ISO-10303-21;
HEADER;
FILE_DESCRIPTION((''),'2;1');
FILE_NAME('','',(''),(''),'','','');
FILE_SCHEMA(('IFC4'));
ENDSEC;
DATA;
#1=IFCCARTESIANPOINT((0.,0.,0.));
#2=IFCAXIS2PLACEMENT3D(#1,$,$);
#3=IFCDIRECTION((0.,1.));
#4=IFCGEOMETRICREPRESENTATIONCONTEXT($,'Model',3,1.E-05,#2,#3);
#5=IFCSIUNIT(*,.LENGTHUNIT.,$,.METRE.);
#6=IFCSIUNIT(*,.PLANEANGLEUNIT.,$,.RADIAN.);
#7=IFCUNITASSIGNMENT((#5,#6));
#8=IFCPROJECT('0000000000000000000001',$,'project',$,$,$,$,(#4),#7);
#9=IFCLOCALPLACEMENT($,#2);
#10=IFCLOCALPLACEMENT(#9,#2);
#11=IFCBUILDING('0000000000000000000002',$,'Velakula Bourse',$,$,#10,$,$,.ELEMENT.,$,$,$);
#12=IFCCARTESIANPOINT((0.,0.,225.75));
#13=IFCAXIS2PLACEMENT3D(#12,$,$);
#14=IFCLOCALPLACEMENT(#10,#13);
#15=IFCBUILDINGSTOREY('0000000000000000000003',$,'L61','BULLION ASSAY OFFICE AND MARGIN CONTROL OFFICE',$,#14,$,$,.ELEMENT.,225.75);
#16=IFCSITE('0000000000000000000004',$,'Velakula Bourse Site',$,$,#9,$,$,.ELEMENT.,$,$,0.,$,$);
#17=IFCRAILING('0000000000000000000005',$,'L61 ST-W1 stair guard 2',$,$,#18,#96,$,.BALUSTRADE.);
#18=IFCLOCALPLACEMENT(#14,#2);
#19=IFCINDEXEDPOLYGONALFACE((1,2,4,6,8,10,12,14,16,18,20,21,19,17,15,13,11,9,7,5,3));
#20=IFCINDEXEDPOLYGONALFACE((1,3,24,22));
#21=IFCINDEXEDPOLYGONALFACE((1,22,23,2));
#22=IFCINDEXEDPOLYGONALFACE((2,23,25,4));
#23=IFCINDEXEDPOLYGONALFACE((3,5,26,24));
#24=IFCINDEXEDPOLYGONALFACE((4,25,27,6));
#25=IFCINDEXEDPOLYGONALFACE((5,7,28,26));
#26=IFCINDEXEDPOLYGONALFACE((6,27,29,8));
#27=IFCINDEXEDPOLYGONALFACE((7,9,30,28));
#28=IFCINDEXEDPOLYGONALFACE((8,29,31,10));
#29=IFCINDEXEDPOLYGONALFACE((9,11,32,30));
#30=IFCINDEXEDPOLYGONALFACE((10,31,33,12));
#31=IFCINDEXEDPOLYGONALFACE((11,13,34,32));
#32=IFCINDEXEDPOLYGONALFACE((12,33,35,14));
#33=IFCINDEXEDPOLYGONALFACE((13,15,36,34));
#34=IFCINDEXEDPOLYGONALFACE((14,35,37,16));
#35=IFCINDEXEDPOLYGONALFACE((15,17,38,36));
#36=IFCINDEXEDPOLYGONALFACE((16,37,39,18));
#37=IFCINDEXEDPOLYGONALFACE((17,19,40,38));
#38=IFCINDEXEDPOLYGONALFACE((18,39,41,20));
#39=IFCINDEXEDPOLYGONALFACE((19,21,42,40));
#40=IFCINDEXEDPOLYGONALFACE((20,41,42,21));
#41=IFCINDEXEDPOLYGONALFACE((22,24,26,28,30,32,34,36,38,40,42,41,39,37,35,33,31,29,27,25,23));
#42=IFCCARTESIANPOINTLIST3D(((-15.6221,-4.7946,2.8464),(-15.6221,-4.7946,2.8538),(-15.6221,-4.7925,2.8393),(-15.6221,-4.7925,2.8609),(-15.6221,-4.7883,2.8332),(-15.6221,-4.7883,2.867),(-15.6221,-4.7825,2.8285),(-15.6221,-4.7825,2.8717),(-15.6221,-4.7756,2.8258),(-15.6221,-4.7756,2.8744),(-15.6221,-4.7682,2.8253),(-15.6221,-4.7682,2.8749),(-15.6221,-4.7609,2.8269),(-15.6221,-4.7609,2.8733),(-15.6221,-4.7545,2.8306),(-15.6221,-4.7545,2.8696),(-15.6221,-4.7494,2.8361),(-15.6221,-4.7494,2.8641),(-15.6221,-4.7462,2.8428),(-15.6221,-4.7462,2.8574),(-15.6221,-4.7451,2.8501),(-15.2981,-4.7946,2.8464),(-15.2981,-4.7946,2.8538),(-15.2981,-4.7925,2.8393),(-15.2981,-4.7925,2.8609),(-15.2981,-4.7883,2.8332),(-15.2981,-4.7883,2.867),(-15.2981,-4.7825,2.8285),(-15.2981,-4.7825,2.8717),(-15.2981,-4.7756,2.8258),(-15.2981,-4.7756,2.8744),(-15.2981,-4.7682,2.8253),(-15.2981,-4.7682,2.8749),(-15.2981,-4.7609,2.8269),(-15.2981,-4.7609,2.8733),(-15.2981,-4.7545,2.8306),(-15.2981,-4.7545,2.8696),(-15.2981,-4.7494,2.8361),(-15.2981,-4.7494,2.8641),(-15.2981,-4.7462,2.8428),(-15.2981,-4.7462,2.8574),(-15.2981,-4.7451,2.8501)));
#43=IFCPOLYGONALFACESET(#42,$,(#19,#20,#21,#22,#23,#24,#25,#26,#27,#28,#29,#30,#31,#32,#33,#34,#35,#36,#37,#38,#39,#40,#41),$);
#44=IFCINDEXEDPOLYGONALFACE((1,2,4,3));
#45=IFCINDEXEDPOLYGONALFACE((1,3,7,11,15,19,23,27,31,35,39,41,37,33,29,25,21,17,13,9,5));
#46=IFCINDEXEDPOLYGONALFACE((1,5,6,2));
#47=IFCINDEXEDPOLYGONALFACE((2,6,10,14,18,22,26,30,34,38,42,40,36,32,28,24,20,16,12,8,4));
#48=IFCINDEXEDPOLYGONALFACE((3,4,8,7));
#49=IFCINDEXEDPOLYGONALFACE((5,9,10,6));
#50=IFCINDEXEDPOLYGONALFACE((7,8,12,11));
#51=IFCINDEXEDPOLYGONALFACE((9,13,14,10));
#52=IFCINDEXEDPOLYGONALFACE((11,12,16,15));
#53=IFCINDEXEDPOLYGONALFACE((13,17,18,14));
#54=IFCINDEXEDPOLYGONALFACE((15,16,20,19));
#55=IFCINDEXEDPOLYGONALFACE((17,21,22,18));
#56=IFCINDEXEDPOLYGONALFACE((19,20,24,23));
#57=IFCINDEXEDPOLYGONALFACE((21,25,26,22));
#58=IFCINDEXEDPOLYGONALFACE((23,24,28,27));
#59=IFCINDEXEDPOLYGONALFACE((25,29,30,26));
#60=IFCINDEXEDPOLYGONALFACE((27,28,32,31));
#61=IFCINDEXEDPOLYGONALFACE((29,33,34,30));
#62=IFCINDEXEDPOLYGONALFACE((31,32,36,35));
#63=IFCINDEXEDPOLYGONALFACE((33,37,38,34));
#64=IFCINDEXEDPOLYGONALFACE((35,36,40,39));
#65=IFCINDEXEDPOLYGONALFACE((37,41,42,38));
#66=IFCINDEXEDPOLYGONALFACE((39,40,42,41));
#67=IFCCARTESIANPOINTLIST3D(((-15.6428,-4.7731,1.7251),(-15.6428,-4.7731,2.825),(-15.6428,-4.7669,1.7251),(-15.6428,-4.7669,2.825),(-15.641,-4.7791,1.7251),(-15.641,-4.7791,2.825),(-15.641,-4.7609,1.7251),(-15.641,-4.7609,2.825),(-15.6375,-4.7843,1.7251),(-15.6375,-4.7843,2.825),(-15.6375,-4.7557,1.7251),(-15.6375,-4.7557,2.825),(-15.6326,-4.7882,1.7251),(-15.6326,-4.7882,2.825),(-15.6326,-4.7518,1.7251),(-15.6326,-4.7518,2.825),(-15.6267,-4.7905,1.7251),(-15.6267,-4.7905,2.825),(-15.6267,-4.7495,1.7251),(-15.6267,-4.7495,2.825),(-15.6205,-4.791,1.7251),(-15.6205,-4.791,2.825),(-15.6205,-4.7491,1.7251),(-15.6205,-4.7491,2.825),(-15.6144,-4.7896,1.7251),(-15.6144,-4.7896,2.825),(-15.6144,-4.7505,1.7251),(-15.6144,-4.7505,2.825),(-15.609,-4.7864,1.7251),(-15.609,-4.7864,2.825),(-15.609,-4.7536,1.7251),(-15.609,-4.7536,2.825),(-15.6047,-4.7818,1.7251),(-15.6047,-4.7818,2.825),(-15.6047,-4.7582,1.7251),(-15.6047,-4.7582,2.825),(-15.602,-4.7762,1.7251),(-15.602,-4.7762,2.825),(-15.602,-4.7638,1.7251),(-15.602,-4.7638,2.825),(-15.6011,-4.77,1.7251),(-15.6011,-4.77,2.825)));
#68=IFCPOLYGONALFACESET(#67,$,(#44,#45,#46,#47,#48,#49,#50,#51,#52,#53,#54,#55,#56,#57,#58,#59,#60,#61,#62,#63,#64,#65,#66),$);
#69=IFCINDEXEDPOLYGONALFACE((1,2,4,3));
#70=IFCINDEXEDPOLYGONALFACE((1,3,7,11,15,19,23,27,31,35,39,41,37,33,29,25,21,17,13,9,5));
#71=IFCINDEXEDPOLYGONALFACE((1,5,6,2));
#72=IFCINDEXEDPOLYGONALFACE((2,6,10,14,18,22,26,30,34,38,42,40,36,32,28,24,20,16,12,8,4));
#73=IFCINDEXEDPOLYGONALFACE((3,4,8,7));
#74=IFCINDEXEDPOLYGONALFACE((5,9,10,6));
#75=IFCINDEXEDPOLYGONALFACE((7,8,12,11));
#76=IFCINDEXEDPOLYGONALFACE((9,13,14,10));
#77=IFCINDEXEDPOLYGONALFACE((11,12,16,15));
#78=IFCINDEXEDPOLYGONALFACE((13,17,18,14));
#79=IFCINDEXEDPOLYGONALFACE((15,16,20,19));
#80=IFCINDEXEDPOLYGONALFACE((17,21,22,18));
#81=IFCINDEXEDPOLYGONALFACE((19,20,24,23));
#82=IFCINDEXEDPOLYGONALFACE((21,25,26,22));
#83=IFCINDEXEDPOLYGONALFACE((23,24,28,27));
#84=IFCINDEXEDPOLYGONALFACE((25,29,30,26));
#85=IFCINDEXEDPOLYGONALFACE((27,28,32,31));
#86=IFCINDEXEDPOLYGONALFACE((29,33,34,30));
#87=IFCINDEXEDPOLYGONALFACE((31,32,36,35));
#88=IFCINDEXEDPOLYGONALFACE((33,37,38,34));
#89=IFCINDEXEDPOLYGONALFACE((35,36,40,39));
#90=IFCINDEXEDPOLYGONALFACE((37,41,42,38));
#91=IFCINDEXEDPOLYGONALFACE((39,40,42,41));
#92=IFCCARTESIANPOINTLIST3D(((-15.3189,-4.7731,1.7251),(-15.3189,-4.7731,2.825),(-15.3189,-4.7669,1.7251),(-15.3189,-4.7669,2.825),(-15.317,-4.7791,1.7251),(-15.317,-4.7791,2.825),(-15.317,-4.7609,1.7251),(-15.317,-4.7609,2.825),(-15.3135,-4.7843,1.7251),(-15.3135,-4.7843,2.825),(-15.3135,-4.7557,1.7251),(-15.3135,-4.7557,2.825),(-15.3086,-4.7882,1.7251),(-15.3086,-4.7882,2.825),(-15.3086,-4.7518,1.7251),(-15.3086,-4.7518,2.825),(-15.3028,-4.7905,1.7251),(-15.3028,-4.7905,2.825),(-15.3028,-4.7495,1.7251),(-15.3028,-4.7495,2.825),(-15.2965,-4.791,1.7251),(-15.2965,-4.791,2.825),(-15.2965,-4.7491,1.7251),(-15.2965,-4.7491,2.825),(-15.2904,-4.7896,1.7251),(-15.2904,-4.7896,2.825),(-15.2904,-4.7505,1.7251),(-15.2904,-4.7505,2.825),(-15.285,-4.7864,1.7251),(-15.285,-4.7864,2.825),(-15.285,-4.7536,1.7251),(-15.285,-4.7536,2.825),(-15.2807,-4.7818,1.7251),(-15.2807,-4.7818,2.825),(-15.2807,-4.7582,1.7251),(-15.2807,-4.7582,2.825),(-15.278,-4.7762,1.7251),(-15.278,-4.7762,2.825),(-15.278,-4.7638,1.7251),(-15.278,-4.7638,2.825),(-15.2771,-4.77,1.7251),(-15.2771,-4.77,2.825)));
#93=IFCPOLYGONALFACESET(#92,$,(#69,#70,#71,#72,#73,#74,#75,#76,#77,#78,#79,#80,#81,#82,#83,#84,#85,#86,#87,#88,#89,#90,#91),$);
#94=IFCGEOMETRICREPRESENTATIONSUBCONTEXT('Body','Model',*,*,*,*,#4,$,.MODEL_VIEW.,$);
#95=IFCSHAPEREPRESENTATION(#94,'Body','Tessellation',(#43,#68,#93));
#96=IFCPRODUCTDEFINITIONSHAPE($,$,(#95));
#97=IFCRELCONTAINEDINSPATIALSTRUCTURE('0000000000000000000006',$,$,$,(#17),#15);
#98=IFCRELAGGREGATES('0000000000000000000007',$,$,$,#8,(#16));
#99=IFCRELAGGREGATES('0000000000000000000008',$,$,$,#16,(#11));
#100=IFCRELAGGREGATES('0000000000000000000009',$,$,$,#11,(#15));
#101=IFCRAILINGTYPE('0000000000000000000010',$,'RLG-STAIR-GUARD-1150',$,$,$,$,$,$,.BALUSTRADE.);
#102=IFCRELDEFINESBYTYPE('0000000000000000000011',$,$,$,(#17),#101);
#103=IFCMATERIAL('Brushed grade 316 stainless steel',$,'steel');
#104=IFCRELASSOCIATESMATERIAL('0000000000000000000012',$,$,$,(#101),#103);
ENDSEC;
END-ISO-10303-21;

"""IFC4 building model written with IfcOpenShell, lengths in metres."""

from ifc_helpers import new_model, si_unit, direction, frame, origin, origin_2d, place, context, subcontext, project, spatial, circle, extrude, material, type_object, element, save


model = new_model("IFC4")

# Units and contexts
model_context = context("Model", 3, precision=1e-05, world=origin(), true_north=direction((0.0, 1.0)))
body_context = subcontext(model_context, "Body", "Model", "MODEL_VIEW")
ifc_project = project(units=[si_unit("LENGTHUNIT", "METRE"), si_unit("PLANEANGLEUNIT", "RADIAN")], contexts=[model_context])

# Site, building, storey
site_placement = place(None, origin())
site = spatial("IfcSite", under=ifc_project, at=site_placement, Name="Velakula Bourse Site", CompositionType="ELEMENT", RefElevation=0.0)
building_placement = place(site_placement, origin())
building = spatial("IfcBuilding", under=site, at=building_placement, Name="Velakula Bourse", CompositionType="ELEMENT")
storey_placement = place(building_placement, frame((0.0, 0.0, 225.75)))
storey = spatial("IfcBuildingStorey", under=building, at=storey_placement, Name="L61", Description="BULLION ASSAY OFFICE AND MARGIN CONTROL OFFICE", CompositionType="ELEMENT", Elevation=225.75)

# Shared definitions
ifc_material_1 = material(Name="Brushed grade 316 stainless steel", Category="steel")

# Railing
railing_type_1 = type_object("IfcRailingType", Name="RLG-STAIR-GUARD-1150", PredefinedType="BALUSTRADE", material=ifc_material_1)
railing_1_placement = place(storey_placement, frame((-15.6221, -4.77, 1.7251)))
element("IfcRailing", 1, at=railing_1_placement, inside=storey, type_object=railing_type_1, Name="L61 ST-W1 stair guard 2", PredefinedType="BALUSTRADE", context=body_context, shape_type="SweptSolid", body=[
    extrude(circle(Radius=0.0249, at=origin_2d()), frame((0.0, 0.0, 1.125), z_axis=(1.0, 0.0, 0.0), x_axis=(0.0, 1.0, 0.0)), (0.0, 0.0, 1.0), 0.324),
    extrude(circle(Radius=0.021, at=origin_2d()), origin(), (0.0, 0.0, 1.0), 1.0999),
    extrude(circle(Radius=0.021, at=origin_2d()), frame((0.324, 0.0, 0.0)), (0.0, 0.0, 1.0), 1.0999),
])

save(model, "model.ifc")
